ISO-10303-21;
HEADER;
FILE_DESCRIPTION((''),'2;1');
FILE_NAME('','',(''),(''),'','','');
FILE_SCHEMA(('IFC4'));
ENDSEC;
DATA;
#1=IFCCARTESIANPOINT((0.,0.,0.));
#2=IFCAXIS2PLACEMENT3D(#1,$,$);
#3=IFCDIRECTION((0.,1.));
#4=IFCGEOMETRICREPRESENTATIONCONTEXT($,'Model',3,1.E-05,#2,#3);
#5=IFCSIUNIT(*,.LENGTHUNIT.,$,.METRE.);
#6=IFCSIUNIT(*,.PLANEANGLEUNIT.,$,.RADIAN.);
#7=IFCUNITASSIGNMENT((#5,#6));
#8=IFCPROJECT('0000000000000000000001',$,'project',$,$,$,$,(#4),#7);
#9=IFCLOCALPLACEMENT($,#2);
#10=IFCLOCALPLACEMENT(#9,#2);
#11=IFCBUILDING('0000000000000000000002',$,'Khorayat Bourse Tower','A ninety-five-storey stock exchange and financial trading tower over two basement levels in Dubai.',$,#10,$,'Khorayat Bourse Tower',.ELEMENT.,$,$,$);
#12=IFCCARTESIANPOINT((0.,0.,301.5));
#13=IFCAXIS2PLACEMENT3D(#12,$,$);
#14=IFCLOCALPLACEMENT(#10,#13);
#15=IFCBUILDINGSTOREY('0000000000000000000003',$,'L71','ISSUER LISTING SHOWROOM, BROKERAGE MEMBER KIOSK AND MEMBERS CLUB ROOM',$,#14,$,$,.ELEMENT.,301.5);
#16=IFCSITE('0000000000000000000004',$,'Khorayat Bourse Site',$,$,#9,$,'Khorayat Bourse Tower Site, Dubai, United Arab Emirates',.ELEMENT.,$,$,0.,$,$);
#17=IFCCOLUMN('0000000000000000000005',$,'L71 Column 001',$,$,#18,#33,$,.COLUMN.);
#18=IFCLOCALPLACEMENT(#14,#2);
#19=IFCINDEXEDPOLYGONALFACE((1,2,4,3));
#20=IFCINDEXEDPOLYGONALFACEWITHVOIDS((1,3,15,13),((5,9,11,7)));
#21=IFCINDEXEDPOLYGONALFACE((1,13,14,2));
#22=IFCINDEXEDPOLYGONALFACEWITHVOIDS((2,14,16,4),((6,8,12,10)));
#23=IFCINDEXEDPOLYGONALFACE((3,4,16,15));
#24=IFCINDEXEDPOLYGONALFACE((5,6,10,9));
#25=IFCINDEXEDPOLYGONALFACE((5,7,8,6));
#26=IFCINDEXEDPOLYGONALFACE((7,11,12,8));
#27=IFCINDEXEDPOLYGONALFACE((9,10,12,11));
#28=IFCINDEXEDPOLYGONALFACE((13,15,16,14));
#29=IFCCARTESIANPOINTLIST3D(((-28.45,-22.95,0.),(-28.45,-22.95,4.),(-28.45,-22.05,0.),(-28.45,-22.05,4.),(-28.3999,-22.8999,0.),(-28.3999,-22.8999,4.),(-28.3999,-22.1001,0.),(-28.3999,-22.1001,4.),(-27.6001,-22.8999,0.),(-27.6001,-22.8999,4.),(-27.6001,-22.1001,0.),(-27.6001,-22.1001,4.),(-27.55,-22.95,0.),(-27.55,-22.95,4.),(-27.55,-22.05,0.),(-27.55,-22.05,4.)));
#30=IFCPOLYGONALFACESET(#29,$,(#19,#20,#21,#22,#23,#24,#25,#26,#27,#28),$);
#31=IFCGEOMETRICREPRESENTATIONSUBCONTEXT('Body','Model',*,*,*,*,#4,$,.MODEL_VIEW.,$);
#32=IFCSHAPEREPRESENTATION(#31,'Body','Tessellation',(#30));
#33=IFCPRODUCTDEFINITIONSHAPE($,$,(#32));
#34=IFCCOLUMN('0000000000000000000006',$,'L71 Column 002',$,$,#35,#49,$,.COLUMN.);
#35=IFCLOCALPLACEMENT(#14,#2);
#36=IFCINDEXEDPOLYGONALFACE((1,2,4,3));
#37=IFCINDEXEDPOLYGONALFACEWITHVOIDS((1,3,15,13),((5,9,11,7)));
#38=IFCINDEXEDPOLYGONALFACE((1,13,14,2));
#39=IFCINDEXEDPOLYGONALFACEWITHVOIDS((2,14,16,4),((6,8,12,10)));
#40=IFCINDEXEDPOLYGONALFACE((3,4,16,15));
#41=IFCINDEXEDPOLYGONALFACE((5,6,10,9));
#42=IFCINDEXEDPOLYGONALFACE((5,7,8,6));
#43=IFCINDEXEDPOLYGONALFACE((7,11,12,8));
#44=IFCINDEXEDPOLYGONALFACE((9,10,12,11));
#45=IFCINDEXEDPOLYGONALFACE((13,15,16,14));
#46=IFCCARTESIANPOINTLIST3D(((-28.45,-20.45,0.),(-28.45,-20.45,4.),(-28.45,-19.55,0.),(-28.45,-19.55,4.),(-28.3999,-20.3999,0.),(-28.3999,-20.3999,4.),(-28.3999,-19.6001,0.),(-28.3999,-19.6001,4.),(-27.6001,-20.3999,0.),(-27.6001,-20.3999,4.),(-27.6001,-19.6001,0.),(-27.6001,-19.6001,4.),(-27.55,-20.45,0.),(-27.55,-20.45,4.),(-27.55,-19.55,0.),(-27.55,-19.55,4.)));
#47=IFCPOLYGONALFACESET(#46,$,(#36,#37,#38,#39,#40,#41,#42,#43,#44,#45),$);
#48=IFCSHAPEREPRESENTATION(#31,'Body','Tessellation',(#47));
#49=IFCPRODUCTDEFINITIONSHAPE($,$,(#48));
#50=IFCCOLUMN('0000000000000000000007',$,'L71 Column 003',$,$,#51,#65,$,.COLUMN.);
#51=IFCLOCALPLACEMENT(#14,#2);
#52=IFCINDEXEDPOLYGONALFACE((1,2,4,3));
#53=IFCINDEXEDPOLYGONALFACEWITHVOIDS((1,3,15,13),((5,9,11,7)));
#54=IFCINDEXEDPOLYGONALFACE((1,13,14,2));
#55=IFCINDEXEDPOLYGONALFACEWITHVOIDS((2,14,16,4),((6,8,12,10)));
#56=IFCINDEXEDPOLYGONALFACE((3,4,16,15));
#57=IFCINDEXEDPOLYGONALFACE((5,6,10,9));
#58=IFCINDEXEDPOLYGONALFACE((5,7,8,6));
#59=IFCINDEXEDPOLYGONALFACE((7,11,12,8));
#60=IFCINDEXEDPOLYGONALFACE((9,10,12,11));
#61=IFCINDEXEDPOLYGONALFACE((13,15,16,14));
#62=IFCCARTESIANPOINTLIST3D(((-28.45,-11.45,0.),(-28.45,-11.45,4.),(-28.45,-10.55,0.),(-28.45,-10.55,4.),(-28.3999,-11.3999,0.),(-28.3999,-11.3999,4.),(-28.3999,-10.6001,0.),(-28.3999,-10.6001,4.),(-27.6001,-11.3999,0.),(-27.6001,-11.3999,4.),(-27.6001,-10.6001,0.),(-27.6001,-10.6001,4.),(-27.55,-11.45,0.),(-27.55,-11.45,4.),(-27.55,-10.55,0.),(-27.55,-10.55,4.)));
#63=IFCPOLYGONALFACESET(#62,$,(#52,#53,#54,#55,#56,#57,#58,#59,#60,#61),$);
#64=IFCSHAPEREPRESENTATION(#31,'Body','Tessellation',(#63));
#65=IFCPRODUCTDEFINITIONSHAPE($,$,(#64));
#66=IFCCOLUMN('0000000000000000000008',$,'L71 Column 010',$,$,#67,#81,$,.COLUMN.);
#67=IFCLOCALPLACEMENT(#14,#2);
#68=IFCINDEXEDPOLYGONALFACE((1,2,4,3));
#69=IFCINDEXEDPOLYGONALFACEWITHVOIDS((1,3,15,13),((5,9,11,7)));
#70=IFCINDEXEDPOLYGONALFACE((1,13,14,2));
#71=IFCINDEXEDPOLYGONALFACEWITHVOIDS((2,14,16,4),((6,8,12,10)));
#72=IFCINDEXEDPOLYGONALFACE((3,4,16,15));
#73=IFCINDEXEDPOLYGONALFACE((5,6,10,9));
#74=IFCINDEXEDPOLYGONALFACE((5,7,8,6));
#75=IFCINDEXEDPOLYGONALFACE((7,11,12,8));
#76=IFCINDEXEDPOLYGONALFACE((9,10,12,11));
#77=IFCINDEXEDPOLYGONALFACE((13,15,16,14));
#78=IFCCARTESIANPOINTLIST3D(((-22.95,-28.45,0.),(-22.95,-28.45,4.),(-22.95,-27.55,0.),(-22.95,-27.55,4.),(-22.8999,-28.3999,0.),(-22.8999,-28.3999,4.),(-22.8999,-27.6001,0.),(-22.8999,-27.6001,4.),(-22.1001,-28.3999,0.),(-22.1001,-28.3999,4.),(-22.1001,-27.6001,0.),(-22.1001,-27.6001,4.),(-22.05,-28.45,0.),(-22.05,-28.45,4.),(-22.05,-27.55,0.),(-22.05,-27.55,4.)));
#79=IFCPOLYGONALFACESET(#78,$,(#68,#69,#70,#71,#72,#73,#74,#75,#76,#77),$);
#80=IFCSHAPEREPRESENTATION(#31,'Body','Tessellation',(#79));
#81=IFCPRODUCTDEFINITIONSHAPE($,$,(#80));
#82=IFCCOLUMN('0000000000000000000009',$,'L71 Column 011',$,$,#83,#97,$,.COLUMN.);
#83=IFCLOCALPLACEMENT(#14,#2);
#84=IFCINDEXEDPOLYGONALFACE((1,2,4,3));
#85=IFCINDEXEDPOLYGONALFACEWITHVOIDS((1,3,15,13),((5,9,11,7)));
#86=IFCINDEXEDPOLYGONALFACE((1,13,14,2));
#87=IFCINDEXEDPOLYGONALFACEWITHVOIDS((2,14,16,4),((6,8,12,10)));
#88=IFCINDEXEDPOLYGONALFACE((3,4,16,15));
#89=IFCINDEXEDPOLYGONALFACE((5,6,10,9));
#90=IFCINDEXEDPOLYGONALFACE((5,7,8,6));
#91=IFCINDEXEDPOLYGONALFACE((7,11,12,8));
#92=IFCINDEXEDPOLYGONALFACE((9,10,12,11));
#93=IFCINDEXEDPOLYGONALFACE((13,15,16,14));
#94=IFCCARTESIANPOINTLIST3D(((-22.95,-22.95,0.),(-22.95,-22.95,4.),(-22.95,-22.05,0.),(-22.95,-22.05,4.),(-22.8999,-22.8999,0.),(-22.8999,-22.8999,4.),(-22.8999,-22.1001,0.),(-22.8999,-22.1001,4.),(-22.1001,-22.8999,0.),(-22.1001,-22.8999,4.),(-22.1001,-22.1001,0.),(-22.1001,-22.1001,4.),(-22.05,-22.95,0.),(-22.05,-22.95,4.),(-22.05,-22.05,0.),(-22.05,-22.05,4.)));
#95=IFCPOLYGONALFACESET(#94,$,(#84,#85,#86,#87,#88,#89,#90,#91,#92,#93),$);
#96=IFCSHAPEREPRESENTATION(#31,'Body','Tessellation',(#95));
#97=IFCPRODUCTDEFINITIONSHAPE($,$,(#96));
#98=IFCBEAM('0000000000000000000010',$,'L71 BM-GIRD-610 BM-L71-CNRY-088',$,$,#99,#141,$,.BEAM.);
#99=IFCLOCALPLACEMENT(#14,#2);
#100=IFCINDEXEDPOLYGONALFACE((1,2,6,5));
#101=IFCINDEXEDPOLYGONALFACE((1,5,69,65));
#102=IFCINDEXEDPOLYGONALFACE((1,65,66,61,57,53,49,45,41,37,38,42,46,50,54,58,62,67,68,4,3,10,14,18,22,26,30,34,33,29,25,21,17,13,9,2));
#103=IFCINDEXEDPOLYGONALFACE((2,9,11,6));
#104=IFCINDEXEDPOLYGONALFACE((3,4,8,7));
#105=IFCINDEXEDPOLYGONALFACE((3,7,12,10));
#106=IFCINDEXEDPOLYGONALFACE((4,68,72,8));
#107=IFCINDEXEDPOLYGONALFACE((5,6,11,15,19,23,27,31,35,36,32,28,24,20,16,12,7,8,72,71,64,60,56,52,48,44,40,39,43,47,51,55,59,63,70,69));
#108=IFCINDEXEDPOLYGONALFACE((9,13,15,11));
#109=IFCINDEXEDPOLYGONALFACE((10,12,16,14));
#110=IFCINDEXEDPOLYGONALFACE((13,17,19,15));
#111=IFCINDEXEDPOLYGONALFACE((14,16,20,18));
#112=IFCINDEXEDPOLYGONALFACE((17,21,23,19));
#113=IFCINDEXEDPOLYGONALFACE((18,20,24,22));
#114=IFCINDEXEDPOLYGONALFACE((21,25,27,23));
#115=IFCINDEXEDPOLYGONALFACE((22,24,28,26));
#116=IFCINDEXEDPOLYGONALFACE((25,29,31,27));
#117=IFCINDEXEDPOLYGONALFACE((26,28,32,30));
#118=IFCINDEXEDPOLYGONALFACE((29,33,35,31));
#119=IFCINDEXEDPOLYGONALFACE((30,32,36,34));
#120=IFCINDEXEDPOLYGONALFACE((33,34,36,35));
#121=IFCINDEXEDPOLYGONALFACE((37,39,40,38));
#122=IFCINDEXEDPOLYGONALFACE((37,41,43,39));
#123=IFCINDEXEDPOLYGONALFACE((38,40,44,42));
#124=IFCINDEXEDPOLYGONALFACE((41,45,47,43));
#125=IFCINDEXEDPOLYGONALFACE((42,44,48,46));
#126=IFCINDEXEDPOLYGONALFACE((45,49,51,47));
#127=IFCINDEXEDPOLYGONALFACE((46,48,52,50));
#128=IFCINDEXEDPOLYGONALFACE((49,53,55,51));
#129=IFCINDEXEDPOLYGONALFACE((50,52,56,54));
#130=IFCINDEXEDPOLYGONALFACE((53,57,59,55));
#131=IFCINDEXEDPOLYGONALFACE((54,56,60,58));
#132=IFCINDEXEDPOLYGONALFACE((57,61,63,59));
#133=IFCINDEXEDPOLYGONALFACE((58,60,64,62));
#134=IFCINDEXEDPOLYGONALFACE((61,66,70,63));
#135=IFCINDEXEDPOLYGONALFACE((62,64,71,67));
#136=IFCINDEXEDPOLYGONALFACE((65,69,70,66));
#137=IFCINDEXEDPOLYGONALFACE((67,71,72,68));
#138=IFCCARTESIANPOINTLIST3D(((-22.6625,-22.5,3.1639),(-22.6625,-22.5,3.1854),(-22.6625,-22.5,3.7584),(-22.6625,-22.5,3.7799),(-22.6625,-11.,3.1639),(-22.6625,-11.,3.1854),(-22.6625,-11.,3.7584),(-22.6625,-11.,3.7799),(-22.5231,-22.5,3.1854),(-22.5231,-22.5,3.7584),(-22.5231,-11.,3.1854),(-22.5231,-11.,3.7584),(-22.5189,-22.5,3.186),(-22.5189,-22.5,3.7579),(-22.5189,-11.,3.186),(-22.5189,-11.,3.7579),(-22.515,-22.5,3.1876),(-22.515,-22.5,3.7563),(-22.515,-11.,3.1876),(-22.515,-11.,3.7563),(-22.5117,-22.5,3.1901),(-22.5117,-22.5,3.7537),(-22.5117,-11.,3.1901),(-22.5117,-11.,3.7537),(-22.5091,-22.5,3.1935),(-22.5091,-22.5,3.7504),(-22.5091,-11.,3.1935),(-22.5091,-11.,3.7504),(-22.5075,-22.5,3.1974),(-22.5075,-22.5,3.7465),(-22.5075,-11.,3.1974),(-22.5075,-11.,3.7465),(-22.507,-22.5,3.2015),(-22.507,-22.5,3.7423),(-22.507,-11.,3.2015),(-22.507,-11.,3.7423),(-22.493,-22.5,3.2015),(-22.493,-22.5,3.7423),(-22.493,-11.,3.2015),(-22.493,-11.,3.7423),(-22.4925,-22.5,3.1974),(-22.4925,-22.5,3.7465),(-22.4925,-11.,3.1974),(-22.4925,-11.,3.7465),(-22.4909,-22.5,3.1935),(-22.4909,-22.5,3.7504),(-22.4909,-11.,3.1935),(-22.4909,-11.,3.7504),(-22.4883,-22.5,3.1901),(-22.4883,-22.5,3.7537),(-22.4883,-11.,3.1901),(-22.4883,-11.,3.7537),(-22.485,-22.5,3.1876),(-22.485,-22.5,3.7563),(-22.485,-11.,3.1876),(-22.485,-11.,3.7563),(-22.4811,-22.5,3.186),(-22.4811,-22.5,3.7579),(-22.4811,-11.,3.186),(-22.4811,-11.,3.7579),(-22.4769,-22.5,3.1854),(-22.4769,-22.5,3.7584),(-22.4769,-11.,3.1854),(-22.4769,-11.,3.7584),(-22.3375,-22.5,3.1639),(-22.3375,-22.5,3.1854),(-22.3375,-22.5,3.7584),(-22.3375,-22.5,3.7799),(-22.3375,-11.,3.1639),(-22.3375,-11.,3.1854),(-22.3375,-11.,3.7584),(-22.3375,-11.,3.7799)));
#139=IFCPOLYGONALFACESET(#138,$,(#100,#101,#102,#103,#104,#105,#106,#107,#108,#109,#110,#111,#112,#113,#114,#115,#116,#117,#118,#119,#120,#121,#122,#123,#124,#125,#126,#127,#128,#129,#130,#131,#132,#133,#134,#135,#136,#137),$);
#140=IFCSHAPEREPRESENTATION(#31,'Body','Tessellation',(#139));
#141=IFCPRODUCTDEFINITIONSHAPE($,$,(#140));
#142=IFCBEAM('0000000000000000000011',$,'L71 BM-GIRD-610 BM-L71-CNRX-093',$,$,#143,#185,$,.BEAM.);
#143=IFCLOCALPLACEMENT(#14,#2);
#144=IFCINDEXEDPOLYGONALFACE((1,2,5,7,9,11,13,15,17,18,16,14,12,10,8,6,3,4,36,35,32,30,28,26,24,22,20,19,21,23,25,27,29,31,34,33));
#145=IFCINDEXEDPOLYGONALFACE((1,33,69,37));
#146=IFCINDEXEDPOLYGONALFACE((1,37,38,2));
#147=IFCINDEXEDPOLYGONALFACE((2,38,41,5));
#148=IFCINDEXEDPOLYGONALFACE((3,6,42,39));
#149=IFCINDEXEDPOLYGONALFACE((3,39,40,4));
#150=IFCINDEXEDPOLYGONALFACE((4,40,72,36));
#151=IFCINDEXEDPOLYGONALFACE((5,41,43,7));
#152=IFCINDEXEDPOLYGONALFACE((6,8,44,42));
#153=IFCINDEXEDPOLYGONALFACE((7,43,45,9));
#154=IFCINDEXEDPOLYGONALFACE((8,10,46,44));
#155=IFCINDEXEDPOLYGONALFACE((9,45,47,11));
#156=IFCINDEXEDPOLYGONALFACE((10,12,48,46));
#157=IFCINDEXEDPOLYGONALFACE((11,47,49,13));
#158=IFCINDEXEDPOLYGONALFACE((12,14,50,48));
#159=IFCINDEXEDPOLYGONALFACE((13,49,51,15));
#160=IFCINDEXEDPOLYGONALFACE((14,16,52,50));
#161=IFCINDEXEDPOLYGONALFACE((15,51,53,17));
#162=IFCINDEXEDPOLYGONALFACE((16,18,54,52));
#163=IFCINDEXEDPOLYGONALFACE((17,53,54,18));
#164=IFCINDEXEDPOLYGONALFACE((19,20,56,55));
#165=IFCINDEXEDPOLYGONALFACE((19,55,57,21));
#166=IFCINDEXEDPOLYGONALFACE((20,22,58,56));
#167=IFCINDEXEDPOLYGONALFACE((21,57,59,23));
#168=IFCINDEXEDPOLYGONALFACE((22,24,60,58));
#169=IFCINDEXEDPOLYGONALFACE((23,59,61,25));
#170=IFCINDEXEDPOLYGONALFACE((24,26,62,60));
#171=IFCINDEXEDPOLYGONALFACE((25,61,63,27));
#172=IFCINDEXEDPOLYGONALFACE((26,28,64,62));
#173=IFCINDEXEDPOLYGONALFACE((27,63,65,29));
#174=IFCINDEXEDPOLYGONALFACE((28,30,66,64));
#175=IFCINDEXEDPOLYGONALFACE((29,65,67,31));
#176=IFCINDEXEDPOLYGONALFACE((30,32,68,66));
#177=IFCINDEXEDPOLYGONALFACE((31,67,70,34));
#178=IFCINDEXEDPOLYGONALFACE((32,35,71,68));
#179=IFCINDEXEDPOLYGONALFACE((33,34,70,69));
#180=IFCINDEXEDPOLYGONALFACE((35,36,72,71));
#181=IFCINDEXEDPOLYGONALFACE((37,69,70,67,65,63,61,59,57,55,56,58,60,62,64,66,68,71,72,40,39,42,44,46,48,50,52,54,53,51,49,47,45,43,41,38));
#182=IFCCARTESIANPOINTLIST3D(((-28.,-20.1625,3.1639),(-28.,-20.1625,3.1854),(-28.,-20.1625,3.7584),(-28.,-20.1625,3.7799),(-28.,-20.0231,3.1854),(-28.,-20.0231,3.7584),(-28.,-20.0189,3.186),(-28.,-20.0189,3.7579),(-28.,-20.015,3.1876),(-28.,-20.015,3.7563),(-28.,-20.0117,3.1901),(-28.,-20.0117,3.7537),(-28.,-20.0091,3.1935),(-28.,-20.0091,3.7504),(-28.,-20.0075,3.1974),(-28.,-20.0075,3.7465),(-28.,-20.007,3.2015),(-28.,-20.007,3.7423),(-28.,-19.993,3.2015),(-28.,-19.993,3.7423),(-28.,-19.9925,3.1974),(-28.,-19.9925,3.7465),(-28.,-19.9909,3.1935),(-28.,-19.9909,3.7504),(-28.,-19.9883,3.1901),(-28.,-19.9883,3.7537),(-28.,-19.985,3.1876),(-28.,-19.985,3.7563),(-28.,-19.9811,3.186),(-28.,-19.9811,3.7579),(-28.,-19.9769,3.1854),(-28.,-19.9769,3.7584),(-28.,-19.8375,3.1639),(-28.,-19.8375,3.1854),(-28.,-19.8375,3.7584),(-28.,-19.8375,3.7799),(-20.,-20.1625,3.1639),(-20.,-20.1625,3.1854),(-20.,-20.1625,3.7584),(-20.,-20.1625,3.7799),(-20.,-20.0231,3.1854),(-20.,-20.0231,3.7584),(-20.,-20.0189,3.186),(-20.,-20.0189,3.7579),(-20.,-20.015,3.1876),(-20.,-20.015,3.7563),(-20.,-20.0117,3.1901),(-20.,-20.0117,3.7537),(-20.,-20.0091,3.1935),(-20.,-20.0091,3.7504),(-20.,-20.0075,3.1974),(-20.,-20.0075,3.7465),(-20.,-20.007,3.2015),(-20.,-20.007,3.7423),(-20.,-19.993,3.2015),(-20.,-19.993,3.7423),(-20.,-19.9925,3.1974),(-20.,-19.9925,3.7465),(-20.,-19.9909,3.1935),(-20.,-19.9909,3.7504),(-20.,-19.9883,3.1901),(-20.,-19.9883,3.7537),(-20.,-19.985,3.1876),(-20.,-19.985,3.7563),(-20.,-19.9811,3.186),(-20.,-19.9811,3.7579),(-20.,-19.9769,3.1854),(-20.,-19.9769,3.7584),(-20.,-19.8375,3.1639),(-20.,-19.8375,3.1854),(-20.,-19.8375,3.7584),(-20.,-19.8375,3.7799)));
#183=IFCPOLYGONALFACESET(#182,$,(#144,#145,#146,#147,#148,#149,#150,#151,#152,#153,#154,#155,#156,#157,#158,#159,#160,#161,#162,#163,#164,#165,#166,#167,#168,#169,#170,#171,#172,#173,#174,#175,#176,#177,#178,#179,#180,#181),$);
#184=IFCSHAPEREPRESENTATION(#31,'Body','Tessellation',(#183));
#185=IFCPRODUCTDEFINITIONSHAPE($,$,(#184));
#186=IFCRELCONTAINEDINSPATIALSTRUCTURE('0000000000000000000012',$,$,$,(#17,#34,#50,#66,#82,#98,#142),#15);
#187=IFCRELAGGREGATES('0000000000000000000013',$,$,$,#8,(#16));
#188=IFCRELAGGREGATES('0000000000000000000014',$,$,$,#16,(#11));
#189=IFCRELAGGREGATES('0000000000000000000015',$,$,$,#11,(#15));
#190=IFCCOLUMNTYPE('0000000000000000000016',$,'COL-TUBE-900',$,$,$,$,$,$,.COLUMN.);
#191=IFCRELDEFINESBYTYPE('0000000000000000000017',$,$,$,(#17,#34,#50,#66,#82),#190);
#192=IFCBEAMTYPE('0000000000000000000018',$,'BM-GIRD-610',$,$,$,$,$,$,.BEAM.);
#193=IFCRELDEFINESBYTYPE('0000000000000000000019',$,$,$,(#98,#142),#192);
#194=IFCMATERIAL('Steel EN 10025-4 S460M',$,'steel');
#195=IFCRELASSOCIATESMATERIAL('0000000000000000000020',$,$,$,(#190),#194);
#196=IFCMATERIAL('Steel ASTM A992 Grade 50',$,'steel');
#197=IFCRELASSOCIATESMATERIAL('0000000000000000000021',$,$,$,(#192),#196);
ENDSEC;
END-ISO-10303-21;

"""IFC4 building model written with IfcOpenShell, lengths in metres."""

from ifc_helpers import new_model, si_unit, direction, frame, origin, origin_2d, place, context, subcontext, project, spatial, hollow_rectangle, i_section, extrude, source, transform, mapped, material, material_profile, profile_set, type_object, element, save


model = new_model("IFC4")

# Units and contexts
model_context = context("Model", 3, precision=1e-05, world=origin(), true_north=direction((0.0, 1.0)))
body_context = subcontext(model_context, "Body", "Model", "MODEL_VIEW")
ifc_project = project(units=[si_unit("LENGTHUNIT", "METRE"), si_unit("PLANEANGLEUNIT", "RADIAN")], contexts=[model_context])

# Site, building, storey
site_placement = place(None, origin())
site = spatial("IfcSite", under=ifc_project, at=site_placement, Name="Khorayat Bourse Site", LongName="Khorayat Bourse Tower Site, Dubai, United Arab Emirates", CompositionType="ELEMENT", RefElevation=0.0)
building_placement = place(site_placement, origin())
building = spatial("IfcBuilding", under=site, at=building_placement, Name="Khorayat Bourse Tower", Description="A ninety-five-storey stock exchange and financial trading tower over two basement levels in Dubai.", LongName="Khorayat Bourse Tower", CompositionType="ELEMENT")
storey_placement = place(building_placement, frame((0.0, 0.0, 301.5)))
storey = spatial("IfcBuildingStorey", under=building, at=storey_placement, Name="L71", Description="ISSUER LISTING SHOWROOM, BROKERAGE MEMBER KIOSK AND MEMBERS CLUB ROOM", CompositionType="ELEMENT", Elevation=301.5)

# Columns
ifc_material_1 = material(Name="Steel EN 10025-4 S460M", Category="steel")
ifc_material_profile_1 = material_profile(ifc_material_1, hollow_rectangle(XDim=0.8999, YDim=0.8999, WallThickness=0.05, at=origin_2d()), Name="BOX 900x900x50")
ifc_profile_set_1 = profile_set([ifc_material_profile_1], Name="Steel EN 10025-4 S460M")
column_type = type_object("IfcColumnType", Name="COL-TUBE-900", PredefinedType="COLUMN", material=ifc_profile_set_1)
shared_shape_1 = source(origin(), body_context, "Body", "SweptSolid", [
    extrude(hollow_rectangle(XDim=0.8999, YDim=0.8999, WallThickness=0.05, at=origin_2d()), origin(), (0.0, 0.0, 1.0), 4.0),
])
for number, where, z_axis, x_axis, name in (
    (1, (-28.0, -22.5, 0.0), (0.0, 0.0, 1.0), (1.0, 0.0, 0.0), "L71 Column 001"),
    (2, (-28.0, -20.0, 0.0), (0.0, 0.0, 1.0), (1.0, 0.0, 0.0), "L71 Column 002"),
    (3, (-28.0, -11.0, 0.0), (0.0, 0.0, 1.0), (1.0, 0.0, 0.0), "L71 Column 003"),
    (4, (-22.5, -28.0, 0.0), (0.0, 0.0, 1.0), (1.0, 0.0, 0.0), "L71 Column 010"),
    (5, (-22.5, -22.5, 0.0), (0.0, 0.0, 1.0), (1.0, 0.0, 0.0), "L71 Column 011"),
):
    element("IfcColumn", number, at=place(storey_placement, frame(where, z_axis=z_axis, x_axis=x_axis)), inside=storey, type_object=column_type, Name=name, PredefinedType="COLUMN", context=body_context, shape_type="MappedRepresentation", body=[
        mapped(shared_shape_1, transform((0.0, 0.0, 0.0), scale=1.0)),
    ])

# Beams
ifc_material_2 = material(Name="Steel ASTM A992 Grade 50", Category="steel")
ifc_material_profile_2 = material_profile(ifc_material_2, i_section(OverallWidth=0.325, OverallDepth=0.616, WebThickness=0.0139, FlangeThickness=0.0215, FilletRadius=0.0161, at=origin_2d()), Name="W610X174")
ifc_profile_set_2 = profile_set([ifc_material_profile_2], Name="Steel ASTM A992 Grade 50")
beam_type_1 = type_object("IfcBeamType", Name="BM-GIRD-610", PredefinedType="BEAM", material=ifc_profile_set_2)
shared_shape_2 = source(origin(), body_context, "Body", "SweptSolid", [
    extrude(i_section(OverallWidth=0.325, OverallDepth=0.616, WebThickness=0.0139, FlangeThickness=0.0215, FilletRadius=0.0161, at=origin_2d()), origin(), (0.0, 0.0, 1.0), 11.5),
])
beam_1_placement = place(storey_placement, frame((-22.5, -22.5, 3.4719), z_axis=(0.0, 1.0, 0.0), x_axis=(-1.0, 0.0, 0.0)))
element("IfcBeam", 6, at=beam_1_placement, inside=storey, type_object=beam_type_1, Name="L71 BM-GIRD-610 BM-L71-CNRY-088", PredefinedType="BEAM", context=body_context, shape_type="MappedRepresentation", body=[
    mapped(shared_shape_2, transform((0.0, 0.0, 0.0), scale=1.0)),
])
shared_shape_3 = source(origin(), body_context, "Body", "SweptSolid", [
    extrude(i_section(OverallWidth=0.325, OverallDepth=0.616, WebThickness=0.0139, FlangeThickness=0.0215, FilletRadius=0.0161, at=origin_2d()), origin(), (0.0, 0.0, 1.0), 8.0),
])
beam_2_placement = place(storey_placement, frame((-28.0, -20.0, 3.4719), z_axis=(1.0, 0.0, 0.0), x_axis=(0.0, 1.0, 0.0)))
element("IfcBeam", 7, at=beam_2_placement, inside=storey, type_object=beam_type_1, Name="L71 BM-GIRD-610 BM-L71-CNRX-093", PredefinedType="BEAM", context=body_context, shape_type="MappedRepresentation", body=[
    mapped(shared_shape_3, transform((0.0, 0.0, 0.0), scale=1.0)),
])

save(model, "model.ifc")
